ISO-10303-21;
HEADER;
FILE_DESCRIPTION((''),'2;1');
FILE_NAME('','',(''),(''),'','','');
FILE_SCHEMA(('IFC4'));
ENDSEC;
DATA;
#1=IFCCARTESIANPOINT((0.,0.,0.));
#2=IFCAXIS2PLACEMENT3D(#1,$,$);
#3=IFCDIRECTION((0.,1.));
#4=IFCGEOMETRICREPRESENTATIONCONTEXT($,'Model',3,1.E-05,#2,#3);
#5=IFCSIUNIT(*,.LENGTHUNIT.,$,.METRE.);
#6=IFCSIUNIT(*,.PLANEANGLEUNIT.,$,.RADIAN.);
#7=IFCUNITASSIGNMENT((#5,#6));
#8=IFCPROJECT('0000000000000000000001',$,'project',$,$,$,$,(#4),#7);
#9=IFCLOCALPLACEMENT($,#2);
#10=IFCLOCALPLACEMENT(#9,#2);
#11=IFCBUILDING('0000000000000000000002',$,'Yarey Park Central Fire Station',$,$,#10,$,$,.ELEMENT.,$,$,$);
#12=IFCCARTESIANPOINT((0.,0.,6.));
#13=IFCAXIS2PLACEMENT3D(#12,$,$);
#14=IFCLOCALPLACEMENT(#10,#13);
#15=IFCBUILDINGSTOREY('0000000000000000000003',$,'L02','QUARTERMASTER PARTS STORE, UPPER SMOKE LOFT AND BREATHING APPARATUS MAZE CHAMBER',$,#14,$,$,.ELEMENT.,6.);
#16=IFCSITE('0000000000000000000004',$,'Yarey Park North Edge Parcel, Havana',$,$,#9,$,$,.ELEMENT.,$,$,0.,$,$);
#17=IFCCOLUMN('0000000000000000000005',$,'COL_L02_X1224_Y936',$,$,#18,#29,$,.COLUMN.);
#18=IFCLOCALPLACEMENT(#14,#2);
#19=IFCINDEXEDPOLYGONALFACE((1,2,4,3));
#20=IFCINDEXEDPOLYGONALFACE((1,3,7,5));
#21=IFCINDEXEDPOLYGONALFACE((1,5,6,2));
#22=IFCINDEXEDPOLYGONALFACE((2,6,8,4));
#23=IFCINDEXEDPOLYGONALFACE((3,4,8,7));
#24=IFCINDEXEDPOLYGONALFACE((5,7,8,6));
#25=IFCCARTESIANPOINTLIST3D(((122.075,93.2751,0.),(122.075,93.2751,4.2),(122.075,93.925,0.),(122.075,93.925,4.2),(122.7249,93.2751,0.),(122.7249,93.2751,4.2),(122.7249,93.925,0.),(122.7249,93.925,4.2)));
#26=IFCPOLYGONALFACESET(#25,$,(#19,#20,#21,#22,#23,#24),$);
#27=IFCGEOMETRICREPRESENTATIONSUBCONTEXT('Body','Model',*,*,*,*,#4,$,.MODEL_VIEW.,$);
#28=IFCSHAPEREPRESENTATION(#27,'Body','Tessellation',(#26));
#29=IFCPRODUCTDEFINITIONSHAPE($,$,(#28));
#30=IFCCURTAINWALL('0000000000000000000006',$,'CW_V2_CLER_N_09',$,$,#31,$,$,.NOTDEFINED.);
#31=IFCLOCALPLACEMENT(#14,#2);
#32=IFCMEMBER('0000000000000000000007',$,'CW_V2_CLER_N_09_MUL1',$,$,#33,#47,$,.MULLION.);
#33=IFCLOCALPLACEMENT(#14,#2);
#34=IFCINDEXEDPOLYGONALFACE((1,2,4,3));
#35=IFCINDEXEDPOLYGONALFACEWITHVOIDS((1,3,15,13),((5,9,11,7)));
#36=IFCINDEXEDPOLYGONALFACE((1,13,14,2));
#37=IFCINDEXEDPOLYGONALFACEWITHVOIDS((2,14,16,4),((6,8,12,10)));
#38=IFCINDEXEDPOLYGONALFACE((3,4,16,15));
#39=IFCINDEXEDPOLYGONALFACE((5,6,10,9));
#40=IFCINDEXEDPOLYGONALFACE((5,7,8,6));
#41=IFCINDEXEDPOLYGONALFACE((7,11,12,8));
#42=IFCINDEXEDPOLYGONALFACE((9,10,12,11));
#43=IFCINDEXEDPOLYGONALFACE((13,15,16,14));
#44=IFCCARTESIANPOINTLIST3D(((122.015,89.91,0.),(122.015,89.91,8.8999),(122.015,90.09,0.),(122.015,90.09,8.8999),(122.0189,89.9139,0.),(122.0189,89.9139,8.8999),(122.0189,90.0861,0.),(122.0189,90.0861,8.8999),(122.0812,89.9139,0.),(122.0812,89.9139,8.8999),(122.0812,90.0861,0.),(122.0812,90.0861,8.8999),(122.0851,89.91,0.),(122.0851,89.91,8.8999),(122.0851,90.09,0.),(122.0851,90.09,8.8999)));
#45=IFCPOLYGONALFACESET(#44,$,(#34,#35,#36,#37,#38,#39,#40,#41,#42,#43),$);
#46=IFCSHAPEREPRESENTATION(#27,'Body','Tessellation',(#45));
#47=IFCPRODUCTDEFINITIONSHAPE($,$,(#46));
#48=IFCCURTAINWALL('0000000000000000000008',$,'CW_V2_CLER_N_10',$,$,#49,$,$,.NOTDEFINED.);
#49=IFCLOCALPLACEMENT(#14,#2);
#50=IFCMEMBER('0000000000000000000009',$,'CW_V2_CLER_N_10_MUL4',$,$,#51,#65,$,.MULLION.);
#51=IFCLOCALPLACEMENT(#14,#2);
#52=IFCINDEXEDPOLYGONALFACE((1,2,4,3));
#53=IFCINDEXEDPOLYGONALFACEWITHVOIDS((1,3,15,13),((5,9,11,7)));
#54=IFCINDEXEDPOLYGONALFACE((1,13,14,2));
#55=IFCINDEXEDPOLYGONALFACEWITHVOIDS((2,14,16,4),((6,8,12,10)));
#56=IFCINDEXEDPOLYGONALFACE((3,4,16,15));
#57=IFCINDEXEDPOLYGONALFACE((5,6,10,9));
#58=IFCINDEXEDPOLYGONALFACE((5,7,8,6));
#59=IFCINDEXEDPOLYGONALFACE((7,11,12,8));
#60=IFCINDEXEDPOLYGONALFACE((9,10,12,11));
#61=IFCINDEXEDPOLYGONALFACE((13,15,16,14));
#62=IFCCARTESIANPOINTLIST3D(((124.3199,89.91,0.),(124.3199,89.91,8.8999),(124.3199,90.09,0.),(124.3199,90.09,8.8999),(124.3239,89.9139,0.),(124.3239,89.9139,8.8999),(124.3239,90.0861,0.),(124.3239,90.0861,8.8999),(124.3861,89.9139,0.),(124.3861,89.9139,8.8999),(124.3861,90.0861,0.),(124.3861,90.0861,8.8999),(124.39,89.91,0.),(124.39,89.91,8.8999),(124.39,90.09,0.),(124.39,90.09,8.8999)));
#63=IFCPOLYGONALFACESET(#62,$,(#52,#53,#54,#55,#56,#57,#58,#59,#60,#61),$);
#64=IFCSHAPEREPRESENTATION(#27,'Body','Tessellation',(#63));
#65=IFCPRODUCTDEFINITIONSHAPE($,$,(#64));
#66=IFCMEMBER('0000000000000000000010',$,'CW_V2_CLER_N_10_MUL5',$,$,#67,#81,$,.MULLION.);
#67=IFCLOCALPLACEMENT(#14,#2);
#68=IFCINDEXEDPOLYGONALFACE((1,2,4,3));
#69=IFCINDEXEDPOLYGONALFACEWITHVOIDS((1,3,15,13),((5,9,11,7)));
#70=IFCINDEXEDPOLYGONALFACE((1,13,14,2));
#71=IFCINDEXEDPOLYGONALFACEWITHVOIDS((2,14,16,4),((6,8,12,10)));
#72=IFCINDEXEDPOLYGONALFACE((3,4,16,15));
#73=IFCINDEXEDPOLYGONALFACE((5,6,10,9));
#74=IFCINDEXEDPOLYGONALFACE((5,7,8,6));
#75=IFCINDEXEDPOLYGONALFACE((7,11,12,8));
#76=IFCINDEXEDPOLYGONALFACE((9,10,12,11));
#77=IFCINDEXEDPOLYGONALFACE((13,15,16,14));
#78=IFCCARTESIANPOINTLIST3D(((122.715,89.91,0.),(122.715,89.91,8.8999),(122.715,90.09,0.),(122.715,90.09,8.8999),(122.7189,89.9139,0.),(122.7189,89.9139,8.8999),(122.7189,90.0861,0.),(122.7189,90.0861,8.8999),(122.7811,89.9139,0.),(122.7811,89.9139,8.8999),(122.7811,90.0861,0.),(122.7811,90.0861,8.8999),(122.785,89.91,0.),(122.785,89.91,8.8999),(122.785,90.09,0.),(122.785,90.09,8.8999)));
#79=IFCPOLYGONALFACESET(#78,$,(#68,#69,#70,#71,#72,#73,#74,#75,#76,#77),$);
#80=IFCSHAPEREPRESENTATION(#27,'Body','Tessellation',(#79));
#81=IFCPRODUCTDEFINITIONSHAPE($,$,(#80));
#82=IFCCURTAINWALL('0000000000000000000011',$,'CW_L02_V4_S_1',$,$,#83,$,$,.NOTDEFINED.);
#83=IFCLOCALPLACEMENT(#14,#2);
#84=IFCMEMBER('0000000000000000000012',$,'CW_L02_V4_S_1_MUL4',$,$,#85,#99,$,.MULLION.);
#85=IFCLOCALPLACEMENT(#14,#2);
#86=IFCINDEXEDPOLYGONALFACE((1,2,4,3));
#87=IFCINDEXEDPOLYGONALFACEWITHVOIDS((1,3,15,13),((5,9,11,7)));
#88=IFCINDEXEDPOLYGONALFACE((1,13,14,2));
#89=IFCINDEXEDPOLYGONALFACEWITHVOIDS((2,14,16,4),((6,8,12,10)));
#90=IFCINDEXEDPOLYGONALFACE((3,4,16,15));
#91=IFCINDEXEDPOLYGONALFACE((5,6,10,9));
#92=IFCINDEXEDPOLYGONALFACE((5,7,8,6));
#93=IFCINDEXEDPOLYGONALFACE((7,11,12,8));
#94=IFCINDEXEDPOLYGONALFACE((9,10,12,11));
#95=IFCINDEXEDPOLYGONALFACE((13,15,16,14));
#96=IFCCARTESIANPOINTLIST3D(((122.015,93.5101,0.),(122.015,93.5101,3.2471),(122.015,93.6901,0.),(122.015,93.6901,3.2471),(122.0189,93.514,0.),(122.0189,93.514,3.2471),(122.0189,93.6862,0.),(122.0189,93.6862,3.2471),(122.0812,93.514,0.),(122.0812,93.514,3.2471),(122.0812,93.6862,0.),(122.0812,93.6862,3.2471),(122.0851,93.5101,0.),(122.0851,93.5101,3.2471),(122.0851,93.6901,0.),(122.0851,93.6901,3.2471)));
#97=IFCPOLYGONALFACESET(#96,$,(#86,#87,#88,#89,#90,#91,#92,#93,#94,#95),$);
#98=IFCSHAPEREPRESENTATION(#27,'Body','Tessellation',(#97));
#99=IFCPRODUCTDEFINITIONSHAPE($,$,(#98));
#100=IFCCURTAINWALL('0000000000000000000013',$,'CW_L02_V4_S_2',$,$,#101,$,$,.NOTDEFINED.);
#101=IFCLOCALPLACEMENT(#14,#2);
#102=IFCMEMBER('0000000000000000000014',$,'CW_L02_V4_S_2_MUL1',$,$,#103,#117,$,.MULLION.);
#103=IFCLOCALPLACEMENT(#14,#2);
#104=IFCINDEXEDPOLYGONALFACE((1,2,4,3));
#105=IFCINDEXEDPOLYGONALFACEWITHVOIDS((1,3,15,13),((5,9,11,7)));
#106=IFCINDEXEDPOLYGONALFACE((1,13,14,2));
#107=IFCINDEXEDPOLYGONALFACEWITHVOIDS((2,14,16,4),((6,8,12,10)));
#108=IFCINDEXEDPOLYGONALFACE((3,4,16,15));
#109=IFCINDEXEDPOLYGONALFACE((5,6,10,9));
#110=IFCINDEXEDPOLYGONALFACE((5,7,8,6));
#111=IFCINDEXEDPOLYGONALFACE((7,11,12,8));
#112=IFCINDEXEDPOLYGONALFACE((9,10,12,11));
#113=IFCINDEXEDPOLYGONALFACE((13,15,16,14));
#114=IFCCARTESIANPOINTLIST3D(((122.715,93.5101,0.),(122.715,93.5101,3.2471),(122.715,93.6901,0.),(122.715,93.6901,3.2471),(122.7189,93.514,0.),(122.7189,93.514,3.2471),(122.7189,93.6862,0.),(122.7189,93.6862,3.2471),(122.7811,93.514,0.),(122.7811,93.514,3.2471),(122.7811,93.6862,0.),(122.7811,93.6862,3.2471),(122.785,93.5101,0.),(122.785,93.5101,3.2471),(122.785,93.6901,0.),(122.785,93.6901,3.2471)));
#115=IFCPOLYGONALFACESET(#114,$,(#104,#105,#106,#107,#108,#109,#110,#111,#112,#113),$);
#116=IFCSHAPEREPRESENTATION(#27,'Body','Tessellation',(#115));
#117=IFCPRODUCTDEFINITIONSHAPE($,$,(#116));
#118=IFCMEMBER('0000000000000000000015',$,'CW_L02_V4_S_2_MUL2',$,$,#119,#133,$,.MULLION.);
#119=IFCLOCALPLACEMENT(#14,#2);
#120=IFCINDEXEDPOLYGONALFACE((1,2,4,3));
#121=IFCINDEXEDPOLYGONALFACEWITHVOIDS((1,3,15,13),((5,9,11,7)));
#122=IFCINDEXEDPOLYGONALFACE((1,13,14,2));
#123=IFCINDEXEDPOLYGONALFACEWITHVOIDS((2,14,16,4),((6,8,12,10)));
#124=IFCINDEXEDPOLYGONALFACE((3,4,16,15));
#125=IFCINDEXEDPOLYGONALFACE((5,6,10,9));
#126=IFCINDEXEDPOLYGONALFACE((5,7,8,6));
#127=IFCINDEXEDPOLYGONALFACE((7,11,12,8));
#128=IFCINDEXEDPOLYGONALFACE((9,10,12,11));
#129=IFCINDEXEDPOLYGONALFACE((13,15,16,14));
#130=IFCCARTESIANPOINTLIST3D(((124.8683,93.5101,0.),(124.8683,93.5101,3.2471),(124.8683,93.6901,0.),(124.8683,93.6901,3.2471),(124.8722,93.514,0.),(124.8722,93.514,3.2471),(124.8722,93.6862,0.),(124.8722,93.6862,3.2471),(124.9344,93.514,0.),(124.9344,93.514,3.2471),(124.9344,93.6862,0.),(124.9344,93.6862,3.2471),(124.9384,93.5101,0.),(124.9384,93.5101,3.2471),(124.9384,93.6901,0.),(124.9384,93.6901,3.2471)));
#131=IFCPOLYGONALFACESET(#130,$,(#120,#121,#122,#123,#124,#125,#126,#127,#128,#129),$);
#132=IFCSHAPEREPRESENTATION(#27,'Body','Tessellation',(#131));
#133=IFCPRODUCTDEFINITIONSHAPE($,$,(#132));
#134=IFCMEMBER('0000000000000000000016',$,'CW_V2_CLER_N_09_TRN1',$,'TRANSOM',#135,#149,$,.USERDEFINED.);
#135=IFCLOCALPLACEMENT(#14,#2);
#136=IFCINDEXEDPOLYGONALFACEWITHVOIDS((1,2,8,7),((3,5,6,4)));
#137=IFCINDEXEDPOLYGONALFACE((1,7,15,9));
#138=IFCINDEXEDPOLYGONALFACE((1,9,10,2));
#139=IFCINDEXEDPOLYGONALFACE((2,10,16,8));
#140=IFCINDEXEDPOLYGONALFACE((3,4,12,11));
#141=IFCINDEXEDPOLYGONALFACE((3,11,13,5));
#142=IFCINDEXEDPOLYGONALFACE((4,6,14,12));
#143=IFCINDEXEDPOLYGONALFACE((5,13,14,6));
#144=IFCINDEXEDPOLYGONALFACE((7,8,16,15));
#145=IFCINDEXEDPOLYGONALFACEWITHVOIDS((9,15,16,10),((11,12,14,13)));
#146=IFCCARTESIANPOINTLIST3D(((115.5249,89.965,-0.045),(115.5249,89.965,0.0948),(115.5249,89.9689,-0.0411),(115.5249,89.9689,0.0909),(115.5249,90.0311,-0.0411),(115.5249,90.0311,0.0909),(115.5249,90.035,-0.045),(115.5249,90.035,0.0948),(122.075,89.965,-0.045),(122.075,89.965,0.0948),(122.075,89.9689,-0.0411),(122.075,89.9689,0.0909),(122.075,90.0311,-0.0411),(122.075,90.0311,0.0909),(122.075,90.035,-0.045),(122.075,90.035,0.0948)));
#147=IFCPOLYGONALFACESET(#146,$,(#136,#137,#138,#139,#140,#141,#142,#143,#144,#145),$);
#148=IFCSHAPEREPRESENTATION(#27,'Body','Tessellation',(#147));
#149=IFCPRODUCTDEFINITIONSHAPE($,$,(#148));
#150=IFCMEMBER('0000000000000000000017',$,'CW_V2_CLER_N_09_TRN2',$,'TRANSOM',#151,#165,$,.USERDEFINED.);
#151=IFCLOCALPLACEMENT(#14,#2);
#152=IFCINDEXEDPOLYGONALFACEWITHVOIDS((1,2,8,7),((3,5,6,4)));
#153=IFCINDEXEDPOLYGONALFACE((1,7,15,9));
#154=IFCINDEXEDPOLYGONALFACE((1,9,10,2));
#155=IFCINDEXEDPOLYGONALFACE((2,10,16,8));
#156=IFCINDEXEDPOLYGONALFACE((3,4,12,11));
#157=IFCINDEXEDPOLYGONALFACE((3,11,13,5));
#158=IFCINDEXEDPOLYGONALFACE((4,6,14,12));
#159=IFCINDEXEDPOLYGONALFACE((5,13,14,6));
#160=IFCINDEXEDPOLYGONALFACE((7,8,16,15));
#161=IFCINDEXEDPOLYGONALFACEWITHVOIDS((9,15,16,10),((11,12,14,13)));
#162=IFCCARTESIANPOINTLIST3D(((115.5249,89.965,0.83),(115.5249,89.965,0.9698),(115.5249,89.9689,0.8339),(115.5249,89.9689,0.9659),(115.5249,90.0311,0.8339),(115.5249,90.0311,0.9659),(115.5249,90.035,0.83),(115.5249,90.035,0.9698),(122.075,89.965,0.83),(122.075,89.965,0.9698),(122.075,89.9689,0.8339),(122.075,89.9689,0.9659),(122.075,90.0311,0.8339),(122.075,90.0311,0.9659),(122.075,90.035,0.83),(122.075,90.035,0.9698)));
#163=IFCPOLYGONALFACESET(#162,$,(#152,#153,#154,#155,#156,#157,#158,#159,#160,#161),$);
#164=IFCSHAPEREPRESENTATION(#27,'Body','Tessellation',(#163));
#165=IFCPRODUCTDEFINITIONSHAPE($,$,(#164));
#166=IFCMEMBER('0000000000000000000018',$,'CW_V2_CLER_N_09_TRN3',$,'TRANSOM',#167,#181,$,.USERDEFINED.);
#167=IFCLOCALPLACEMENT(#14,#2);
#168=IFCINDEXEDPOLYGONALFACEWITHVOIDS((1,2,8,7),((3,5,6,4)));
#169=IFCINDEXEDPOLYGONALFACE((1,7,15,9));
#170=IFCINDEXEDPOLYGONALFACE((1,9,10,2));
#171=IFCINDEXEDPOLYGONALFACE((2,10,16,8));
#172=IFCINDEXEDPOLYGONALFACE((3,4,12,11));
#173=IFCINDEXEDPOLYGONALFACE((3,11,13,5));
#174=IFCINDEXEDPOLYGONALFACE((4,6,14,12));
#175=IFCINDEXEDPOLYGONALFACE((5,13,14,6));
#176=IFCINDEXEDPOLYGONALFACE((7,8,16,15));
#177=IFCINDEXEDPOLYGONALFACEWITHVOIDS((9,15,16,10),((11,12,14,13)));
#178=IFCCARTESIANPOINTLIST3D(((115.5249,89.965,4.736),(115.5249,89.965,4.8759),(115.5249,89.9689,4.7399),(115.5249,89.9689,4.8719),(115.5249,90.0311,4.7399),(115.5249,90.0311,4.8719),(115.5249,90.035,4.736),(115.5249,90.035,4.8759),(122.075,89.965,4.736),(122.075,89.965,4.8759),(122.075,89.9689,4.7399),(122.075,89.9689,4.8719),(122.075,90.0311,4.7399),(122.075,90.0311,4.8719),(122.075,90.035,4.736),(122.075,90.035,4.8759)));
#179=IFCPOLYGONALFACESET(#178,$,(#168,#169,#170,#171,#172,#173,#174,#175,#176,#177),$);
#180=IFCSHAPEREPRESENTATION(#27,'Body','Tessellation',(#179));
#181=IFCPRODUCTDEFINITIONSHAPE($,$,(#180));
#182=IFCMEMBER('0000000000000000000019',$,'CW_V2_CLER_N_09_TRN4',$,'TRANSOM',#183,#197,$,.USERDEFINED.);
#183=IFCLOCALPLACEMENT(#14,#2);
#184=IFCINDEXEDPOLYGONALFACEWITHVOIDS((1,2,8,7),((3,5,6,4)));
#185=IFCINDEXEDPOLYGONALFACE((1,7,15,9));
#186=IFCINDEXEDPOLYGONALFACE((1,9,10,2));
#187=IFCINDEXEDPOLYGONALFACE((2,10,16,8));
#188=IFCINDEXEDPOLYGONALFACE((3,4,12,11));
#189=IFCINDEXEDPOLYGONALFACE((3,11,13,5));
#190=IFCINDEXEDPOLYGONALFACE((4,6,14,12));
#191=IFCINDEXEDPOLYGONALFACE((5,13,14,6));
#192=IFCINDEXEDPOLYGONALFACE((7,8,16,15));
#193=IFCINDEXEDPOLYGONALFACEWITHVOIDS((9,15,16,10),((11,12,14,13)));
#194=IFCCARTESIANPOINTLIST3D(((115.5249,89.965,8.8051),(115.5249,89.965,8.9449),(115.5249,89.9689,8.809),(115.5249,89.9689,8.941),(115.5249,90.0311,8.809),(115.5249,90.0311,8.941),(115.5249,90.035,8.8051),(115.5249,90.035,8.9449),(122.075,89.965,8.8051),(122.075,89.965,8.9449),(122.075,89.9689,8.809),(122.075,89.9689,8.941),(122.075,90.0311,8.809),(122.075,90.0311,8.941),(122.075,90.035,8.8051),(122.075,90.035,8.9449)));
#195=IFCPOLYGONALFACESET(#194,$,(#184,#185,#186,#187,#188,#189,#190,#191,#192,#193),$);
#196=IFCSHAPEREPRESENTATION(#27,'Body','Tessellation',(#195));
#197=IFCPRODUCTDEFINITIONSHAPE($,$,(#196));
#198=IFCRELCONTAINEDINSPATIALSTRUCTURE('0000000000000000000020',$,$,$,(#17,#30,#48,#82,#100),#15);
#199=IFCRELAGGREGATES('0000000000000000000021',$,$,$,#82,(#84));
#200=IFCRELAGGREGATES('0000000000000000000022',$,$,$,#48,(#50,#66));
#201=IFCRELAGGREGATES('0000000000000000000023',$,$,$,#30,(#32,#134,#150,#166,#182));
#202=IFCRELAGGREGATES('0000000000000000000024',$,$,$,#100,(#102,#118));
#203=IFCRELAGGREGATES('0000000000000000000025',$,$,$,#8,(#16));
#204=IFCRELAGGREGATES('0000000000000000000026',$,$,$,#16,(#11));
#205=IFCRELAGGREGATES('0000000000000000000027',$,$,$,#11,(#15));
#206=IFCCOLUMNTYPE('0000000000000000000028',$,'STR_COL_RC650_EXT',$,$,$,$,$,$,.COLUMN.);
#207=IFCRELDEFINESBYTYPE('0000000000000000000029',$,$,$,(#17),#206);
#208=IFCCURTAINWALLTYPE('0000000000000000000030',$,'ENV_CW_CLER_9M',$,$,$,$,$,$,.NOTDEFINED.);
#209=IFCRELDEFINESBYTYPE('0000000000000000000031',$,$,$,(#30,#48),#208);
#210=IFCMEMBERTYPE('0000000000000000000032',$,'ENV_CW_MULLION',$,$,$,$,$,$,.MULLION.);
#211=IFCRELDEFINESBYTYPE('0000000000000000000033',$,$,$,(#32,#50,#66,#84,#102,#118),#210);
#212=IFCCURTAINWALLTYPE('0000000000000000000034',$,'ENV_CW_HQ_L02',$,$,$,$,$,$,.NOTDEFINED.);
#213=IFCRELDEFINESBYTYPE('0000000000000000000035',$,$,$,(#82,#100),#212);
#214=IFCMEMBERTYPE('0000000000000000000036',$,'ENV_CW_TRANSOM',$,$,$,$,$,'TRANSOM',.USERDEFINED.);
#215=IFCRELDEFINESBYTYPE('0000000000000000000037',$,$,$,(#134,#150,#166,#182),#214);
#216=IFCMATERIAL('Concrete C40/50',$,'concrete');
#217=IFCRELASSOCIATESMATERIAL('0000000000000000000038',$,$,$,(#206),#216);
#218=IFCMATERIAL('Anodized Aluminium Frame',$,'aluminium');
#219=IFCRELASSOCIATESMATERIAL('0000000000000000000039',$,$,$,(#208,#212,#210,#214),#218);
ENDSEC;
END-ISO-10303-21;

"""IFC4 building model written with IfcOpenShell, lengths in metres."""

from ifc_helpers import new_model, si_unit, direction, frame, origin, origin_2d, place, context, subcontext, project, spatial, rectangle, hollow_rectangle, extrude, material, material_profile, profile_set, type_object, element, aggregate, save


model = new_model("IFC4")

# Units and contexts
model_context = context("Model", 3, precision=1e-05, world=origin(), true_north=direction((0.0, 1.0)))
body_context = subcontext(model_context, "Body", "Model", "MODEL_VIEW")
ifc_project = project(units=[si_unit("LENGTHUNIT", "METRE"), si_unit("PLANEANGLEUNIT", "RADIAN")], contexts=[model_context])

# Site, building, storey
site_placement = place(None, origin())
site = spatial("IfcSite", under=ifc_project, at=site_placement, Name="Yarey Park North Edge Parcel, Havana", CompositionType="ELEMENT", RefElevation=0.0)
building_placement = place(site_placement, origin())
building = spatial("IfcBuilding", under=site, at=building_placement, Name="Yarey Park Central Fire Station", CompositionType="ELEMENT")
storey_placement = place(building_placement, frame((0.0, 0.0, 6.0)))
storey = spatial("IfcBuildingStorey", under=building, at=storey_placement, Name="L02", Description="QUARTERMASTER PARTS STORE, UPPER SMOKE LOFT AND BREATHING APPARATUS MAZE CHAMBER", CompositionType="ELEMENT", Elevation=6.0)

# Column
ifc_material_1 = material(Name="Concrete C40/50", Category="concrete")
ifc_material_profile_1 = material_profile(ifc_material_1, rectangle(XDim=0.6499, YDim=0.6499, at=origin_2d()), Name="RC 650x650")
ifc_profile_set_1 = profile_set([ifc_material_profile_1], Name="Concrete C40/50")
column_type = type_object("IfcColumnType", Name="STR_COL_RC650_EXT", PredefinedType="COLUMN", material=ifc_profile_set_1)
column_placement = place(storey_placement, frame((122.3999, 93.6001, 0.0), z_axis=(0.0, 0.0, 1.0), x_axis=(1.0, 0.0, 0.0)))
element("IfcColumn", 1, at=column_placement, inside=storey, type_object=column_type, Name="COL_L02_X1224_Y936", PredefinedType="COLUMN", context=body_context, shape_type="SweptSolid", body=[
    extrude(rectangle(XDim=0.6499, YDim=0.6499, at=origin_2d()), origin(), (0.0, 0.0, 1.0), 4.2),
])

# Curtain wall, member
ifc_material_2 = material(Name="Anodized Aluminium Frame", Category="aluminium")
curtain_wall_type_1 = type_object("IfcCurtainWallType", Name="ENV_CW_CLER_9M", PredefinedType="NOTDEFINED", material=ifc_material_2)
curtain_wall_1_placement = place(storey_placement, origin())
curtain_wall_1 = element("IfcCurtainWall", 2, at=curtain_wall_1_placement, inside=storey, type_object=curtain_wall_type_1, Name="CW_V2_CLER_N_09", PredefinedType="NOTDEFINED")
ifc_material_profile_2 = material_profile(ifc_material_2, hollow_rectangle(XDim=0.0701, YDim=0.1799, WallThickness=0.0039, at=origin_2d()), Name="ALU 180x70x4")
ifc_profile_set_2 = profile_set([ifc_material_profile_2], Name="Anodized Aluminium Frame")
member_type_1 = type_object("IfcMemberType", Name="ENV_CW_MULLION", PredefinedType="MULLION", material=ifc_profile_set_2)
member_1_placement = place(storey_placement, frame((122.05, 90.0, 0.0), z_axis=(0.0, 0.0, 1.0), x_axis=(1.0, 0.0, 0.0)))
member_1 = element("IfcMember", 3, at=member_1_placement, type_object=member_type_1, Name="CW_V2_CLER_N_09_MUL1", PredefinedType="MULLION", context=body_context, shape_type="SweptSolid", body=[
    extrude(hollow_rectangle(XDim=0.0701, YDim=0.1799, WallThickness=0.0039, at=origin_2d()), origin(), (0.0, 0.0, 1.0), 8.8999),
])

# Curtain wall, members
curtain_wall_2_placement = place(storey_placement, origin())
curtain_wall_2 = element("IfcCurtainWall", 4, at=curtain_wall_2_placement, inside=storey, type_object=curtain_wall_type_1, Name="CW_V2_CLER_N_10", PredefinedType="NOTDEFINED")
member_2_placement = place(storey_placement, frame((124.355, 90.0, 0.0), z_axis=(0.0, 0.0, 1.0), x_axis=(1.0, 0.0, 0.0)))
member_2 = element("IfcMember", 5, at=member_2_placement, type_object=member_type_1, Name="CW_V2_CLER_N_10_MUL4", PredefinedType="MULLION", context=body_context, shape_type="SweptSolid", body=[
    extrude(hollow_rectangle(XDim=0.0701, YDim=0.1799, WallThickness=0.0039, at=origin_2d()), origin(), (0.0, 0.0, 1.0), 8.8999),
])
member_3_placement = place(storey_placement, frame((122.75, 90.0, 0.0), z_axis=(0.0, 0.0, 1.0), x_axis=(1.0, 0.0, 0.0)))
member_3 = element("IfcMember", 6, at=member_3_placement, type_object=member_type_1, Name="CW_V2_CLER_N_10_MUL5", PredefinedType="MULLION", context=body_context, shape_type="SweptSolid", body=[
    extrude(hollow_rectangle(XDim=0.0701, YDim=0.1799, WallThickness=0.0039, at=origin_2d()), origin(), (0.0, 0.0, 1.0), 8.8999),
])

# Curtain wall, member
curtain_wall_type_2 = type_object("IfcCurtainWallType", Name="ENV_CW_HQ_L02", PredefinedType="NOTDEFINED", material=ifc_material_2)
curtain_wall_3_placement = place(storey_placement, origin())
curtain_wall_3 = element("IfcCurtainWall", 7, at=curtain_wall_3_placement, inside=storey, type_object=curtain_wall_type_2, Name="CW_L02_V4_S_1", PredefinedType="NOTDEFINED")
member_4_placement = place(storey_placement, frame((122.05, 93.6001, 0.0), z_axis=(0.0, 0.0, 1.0), x_axis=(1.0, 0.0, 0.0)))
member_4 = element("IfcMember", 8, at=member_4_placement, type_object=member_type_1, Name="CW_L02_V4_S_1_MUL4", PredefinedType="MULLION", context=body_context, shape_type="SweptSolid", body=[
    extrude(hollow_rectangle(XDim=0.0701, YDim=0.1799, WallThickness=0.0039, at=origin_2d()), origin(), (0.0, 0.0, 1.0), 3.2471),
])
aggregate(curtain_wall_3, [member_4])

# Curtain wall, members
curtain_wall_4_placement = place(storey_placement, origin())
curtain_wall_4 = element("IfcCurtainWall", 9, at=curtain_wall_4_placement, inside=storey, type_object=curtain_wall_type_2, Name="CW_L02_V4_S_2", PredefinedType="NOTDEFINED")
member_5_placement = place(storey_placement, frame((122.75, 93.6001, 0.0), z_axis=(0.0, 0.0, 1.0), x_axis=(1.0, 0.0, 0.0)))
member_5 = element("IfcMember", 10, at=member_5_placement, type_object=member_type_1, Name="CW_L02_V4_S_2_MUL1", PredefinedType="MULLION", context=body_context, shape_type="SweptSolid", body=[
    extrude(hollow_rectangle(XDim=0.0701, YDim=0.1799, WallThickness=0.0039, at=origin_2d()), origin(), (0.0, 0.0, 1.0), 3.2471),
])
member_6_placement = place(storey_placement, frame((124.9033, 93.6001, 0.0), z_axis=(0.0, 0.0, 1.0), x_axis=(1.0, 0.0, 0.0)))
member_6 = element("IfcMember", 11, at=member_6_placement, type_object=member_type_1, Name="CW_L02_V4_S_2_MUL2", PredefinedType="MULLION", context=body_context, shape_type="SweptSolid", body=[
    extrude(hollow_rectangle(XDim=0.0701, YDim=0.1799, WallThickness=0.0039, at=origin_2d()), origin(), (0.0, 0.0, 1.0), 3.2471),
])

# Members
ifc_material_profile_3 = material_profile(ifc_material_2, hollow_rectangle(XDim=0.0701, YDim=0.1399, WallThickness=0.0039, at=origin_2d()), Name="ALU 140x70x4")
ifc_profile_set_3 = profile_set([ifc_material_profile_3], Name="Anodized Aluminium Frame")
member_type_2 = type_object("IfcMemberType", Name="ENV_CW_TRANSOM", ElementType="TRANSOM", PredefinedType="USERDEFINED", material=ifc_profile_set_3)
member_7_placement = place(storey_placement, frame((122.075, 90.0, 0.0249), z_axis=(-1.0, 0.0, 0.0), x_axis=(0.0, -1.0, 0.0)))
member_7 = element("IfcMember", 12, at=member_7_placement, type_object=member_type_2, Name="CW_V2_CLER_N_09_TRN1", ObjectType="TRANSOM", PredefinedType="USERDEFINED", context=body_context, shape_type="SweptSolid", body=[
    extrude(hollow_rectangle(XDim=0.0701, YDim=0.1399, WallThickness=0.0039, at=origin_2d()), origin(), (0.0, 0.0, 1.0), 6.55),
])
member_8_placement = place(storey_placement, frame((122.075, 90.0, 0.8999), z_axis=(-1.0, 0.0, 0.0), x_axis=(0.0, -1.0, 0.0)))
member_8 = element("IfcMember", 13, at=member_8_placement, type_object=member_type_2, Name="CW_V2_CLER_N_09_TRN2", ObjectType="TRANSOM", PredefinedType="USERDEFINED", context=body_context, shape_type="SweptSolid", body=[
    extrude(hollow_rectangle(XDim=0.0701, YDim=0.1399, WallThickness=0.0039, at=origin_2d()), origin(), (0.0, 0.0, 1.0), 6.55),
])
member_9_placement = place(storey_placement, frame((122.075, 90.0, 4.8059), z_axis=(-1.0, 0.0, 0.0), x_axis=(0.0, -1.0, 0.0)))
member_9 = element("IfcMember", 14, at=member_9_placement, type_object=member_type_2, Name="CW_V2_CLER_N_09_TRN3", ObjectType="TRANSOM", PredefinedType="USERDEFINED", context=body_context, shape_type="SweptSolid", body=[
    extrude(hollow_rectangle(XDim=0.0701, YDim=0.1399, WallThickness=0.0039, at=origin_2d()), origin(), (0.0, 0.0, 1.0), 6.55),
])
member_10_placement = place(storey_placement, frame((122.075, 90.0, 8.875), z_axis=(-1.0, 0.0, 0.0), x_axis=(0.0, -1.0, 0.0)))
member_10 = element("IfcMember", 15, at=member_10_placement, type_object=member_type_2, Name="CW_V2_CLER_N_09_TRN4", ObjectType="TRANSOM", PredefinedType="USERDEFINED", context=body_context, shape_type="SweptSolid", body=[
    extrude(hollow_rectangle(XDim=0.0701, YDim=0.1399, WallThickness=0.0039, at=origin_2d()), origin(), (0.0, 0.0, 1.0), 6.55),
])

aggregate(curtain_wall_2, [member_2, member_3])
aggregate(curtain_wall_1, [member_1, member_7, member_8, member_9, member_10])
aggregate(curtain_wall_4, [member_5, member_6])

save(model, "model.ifc")
